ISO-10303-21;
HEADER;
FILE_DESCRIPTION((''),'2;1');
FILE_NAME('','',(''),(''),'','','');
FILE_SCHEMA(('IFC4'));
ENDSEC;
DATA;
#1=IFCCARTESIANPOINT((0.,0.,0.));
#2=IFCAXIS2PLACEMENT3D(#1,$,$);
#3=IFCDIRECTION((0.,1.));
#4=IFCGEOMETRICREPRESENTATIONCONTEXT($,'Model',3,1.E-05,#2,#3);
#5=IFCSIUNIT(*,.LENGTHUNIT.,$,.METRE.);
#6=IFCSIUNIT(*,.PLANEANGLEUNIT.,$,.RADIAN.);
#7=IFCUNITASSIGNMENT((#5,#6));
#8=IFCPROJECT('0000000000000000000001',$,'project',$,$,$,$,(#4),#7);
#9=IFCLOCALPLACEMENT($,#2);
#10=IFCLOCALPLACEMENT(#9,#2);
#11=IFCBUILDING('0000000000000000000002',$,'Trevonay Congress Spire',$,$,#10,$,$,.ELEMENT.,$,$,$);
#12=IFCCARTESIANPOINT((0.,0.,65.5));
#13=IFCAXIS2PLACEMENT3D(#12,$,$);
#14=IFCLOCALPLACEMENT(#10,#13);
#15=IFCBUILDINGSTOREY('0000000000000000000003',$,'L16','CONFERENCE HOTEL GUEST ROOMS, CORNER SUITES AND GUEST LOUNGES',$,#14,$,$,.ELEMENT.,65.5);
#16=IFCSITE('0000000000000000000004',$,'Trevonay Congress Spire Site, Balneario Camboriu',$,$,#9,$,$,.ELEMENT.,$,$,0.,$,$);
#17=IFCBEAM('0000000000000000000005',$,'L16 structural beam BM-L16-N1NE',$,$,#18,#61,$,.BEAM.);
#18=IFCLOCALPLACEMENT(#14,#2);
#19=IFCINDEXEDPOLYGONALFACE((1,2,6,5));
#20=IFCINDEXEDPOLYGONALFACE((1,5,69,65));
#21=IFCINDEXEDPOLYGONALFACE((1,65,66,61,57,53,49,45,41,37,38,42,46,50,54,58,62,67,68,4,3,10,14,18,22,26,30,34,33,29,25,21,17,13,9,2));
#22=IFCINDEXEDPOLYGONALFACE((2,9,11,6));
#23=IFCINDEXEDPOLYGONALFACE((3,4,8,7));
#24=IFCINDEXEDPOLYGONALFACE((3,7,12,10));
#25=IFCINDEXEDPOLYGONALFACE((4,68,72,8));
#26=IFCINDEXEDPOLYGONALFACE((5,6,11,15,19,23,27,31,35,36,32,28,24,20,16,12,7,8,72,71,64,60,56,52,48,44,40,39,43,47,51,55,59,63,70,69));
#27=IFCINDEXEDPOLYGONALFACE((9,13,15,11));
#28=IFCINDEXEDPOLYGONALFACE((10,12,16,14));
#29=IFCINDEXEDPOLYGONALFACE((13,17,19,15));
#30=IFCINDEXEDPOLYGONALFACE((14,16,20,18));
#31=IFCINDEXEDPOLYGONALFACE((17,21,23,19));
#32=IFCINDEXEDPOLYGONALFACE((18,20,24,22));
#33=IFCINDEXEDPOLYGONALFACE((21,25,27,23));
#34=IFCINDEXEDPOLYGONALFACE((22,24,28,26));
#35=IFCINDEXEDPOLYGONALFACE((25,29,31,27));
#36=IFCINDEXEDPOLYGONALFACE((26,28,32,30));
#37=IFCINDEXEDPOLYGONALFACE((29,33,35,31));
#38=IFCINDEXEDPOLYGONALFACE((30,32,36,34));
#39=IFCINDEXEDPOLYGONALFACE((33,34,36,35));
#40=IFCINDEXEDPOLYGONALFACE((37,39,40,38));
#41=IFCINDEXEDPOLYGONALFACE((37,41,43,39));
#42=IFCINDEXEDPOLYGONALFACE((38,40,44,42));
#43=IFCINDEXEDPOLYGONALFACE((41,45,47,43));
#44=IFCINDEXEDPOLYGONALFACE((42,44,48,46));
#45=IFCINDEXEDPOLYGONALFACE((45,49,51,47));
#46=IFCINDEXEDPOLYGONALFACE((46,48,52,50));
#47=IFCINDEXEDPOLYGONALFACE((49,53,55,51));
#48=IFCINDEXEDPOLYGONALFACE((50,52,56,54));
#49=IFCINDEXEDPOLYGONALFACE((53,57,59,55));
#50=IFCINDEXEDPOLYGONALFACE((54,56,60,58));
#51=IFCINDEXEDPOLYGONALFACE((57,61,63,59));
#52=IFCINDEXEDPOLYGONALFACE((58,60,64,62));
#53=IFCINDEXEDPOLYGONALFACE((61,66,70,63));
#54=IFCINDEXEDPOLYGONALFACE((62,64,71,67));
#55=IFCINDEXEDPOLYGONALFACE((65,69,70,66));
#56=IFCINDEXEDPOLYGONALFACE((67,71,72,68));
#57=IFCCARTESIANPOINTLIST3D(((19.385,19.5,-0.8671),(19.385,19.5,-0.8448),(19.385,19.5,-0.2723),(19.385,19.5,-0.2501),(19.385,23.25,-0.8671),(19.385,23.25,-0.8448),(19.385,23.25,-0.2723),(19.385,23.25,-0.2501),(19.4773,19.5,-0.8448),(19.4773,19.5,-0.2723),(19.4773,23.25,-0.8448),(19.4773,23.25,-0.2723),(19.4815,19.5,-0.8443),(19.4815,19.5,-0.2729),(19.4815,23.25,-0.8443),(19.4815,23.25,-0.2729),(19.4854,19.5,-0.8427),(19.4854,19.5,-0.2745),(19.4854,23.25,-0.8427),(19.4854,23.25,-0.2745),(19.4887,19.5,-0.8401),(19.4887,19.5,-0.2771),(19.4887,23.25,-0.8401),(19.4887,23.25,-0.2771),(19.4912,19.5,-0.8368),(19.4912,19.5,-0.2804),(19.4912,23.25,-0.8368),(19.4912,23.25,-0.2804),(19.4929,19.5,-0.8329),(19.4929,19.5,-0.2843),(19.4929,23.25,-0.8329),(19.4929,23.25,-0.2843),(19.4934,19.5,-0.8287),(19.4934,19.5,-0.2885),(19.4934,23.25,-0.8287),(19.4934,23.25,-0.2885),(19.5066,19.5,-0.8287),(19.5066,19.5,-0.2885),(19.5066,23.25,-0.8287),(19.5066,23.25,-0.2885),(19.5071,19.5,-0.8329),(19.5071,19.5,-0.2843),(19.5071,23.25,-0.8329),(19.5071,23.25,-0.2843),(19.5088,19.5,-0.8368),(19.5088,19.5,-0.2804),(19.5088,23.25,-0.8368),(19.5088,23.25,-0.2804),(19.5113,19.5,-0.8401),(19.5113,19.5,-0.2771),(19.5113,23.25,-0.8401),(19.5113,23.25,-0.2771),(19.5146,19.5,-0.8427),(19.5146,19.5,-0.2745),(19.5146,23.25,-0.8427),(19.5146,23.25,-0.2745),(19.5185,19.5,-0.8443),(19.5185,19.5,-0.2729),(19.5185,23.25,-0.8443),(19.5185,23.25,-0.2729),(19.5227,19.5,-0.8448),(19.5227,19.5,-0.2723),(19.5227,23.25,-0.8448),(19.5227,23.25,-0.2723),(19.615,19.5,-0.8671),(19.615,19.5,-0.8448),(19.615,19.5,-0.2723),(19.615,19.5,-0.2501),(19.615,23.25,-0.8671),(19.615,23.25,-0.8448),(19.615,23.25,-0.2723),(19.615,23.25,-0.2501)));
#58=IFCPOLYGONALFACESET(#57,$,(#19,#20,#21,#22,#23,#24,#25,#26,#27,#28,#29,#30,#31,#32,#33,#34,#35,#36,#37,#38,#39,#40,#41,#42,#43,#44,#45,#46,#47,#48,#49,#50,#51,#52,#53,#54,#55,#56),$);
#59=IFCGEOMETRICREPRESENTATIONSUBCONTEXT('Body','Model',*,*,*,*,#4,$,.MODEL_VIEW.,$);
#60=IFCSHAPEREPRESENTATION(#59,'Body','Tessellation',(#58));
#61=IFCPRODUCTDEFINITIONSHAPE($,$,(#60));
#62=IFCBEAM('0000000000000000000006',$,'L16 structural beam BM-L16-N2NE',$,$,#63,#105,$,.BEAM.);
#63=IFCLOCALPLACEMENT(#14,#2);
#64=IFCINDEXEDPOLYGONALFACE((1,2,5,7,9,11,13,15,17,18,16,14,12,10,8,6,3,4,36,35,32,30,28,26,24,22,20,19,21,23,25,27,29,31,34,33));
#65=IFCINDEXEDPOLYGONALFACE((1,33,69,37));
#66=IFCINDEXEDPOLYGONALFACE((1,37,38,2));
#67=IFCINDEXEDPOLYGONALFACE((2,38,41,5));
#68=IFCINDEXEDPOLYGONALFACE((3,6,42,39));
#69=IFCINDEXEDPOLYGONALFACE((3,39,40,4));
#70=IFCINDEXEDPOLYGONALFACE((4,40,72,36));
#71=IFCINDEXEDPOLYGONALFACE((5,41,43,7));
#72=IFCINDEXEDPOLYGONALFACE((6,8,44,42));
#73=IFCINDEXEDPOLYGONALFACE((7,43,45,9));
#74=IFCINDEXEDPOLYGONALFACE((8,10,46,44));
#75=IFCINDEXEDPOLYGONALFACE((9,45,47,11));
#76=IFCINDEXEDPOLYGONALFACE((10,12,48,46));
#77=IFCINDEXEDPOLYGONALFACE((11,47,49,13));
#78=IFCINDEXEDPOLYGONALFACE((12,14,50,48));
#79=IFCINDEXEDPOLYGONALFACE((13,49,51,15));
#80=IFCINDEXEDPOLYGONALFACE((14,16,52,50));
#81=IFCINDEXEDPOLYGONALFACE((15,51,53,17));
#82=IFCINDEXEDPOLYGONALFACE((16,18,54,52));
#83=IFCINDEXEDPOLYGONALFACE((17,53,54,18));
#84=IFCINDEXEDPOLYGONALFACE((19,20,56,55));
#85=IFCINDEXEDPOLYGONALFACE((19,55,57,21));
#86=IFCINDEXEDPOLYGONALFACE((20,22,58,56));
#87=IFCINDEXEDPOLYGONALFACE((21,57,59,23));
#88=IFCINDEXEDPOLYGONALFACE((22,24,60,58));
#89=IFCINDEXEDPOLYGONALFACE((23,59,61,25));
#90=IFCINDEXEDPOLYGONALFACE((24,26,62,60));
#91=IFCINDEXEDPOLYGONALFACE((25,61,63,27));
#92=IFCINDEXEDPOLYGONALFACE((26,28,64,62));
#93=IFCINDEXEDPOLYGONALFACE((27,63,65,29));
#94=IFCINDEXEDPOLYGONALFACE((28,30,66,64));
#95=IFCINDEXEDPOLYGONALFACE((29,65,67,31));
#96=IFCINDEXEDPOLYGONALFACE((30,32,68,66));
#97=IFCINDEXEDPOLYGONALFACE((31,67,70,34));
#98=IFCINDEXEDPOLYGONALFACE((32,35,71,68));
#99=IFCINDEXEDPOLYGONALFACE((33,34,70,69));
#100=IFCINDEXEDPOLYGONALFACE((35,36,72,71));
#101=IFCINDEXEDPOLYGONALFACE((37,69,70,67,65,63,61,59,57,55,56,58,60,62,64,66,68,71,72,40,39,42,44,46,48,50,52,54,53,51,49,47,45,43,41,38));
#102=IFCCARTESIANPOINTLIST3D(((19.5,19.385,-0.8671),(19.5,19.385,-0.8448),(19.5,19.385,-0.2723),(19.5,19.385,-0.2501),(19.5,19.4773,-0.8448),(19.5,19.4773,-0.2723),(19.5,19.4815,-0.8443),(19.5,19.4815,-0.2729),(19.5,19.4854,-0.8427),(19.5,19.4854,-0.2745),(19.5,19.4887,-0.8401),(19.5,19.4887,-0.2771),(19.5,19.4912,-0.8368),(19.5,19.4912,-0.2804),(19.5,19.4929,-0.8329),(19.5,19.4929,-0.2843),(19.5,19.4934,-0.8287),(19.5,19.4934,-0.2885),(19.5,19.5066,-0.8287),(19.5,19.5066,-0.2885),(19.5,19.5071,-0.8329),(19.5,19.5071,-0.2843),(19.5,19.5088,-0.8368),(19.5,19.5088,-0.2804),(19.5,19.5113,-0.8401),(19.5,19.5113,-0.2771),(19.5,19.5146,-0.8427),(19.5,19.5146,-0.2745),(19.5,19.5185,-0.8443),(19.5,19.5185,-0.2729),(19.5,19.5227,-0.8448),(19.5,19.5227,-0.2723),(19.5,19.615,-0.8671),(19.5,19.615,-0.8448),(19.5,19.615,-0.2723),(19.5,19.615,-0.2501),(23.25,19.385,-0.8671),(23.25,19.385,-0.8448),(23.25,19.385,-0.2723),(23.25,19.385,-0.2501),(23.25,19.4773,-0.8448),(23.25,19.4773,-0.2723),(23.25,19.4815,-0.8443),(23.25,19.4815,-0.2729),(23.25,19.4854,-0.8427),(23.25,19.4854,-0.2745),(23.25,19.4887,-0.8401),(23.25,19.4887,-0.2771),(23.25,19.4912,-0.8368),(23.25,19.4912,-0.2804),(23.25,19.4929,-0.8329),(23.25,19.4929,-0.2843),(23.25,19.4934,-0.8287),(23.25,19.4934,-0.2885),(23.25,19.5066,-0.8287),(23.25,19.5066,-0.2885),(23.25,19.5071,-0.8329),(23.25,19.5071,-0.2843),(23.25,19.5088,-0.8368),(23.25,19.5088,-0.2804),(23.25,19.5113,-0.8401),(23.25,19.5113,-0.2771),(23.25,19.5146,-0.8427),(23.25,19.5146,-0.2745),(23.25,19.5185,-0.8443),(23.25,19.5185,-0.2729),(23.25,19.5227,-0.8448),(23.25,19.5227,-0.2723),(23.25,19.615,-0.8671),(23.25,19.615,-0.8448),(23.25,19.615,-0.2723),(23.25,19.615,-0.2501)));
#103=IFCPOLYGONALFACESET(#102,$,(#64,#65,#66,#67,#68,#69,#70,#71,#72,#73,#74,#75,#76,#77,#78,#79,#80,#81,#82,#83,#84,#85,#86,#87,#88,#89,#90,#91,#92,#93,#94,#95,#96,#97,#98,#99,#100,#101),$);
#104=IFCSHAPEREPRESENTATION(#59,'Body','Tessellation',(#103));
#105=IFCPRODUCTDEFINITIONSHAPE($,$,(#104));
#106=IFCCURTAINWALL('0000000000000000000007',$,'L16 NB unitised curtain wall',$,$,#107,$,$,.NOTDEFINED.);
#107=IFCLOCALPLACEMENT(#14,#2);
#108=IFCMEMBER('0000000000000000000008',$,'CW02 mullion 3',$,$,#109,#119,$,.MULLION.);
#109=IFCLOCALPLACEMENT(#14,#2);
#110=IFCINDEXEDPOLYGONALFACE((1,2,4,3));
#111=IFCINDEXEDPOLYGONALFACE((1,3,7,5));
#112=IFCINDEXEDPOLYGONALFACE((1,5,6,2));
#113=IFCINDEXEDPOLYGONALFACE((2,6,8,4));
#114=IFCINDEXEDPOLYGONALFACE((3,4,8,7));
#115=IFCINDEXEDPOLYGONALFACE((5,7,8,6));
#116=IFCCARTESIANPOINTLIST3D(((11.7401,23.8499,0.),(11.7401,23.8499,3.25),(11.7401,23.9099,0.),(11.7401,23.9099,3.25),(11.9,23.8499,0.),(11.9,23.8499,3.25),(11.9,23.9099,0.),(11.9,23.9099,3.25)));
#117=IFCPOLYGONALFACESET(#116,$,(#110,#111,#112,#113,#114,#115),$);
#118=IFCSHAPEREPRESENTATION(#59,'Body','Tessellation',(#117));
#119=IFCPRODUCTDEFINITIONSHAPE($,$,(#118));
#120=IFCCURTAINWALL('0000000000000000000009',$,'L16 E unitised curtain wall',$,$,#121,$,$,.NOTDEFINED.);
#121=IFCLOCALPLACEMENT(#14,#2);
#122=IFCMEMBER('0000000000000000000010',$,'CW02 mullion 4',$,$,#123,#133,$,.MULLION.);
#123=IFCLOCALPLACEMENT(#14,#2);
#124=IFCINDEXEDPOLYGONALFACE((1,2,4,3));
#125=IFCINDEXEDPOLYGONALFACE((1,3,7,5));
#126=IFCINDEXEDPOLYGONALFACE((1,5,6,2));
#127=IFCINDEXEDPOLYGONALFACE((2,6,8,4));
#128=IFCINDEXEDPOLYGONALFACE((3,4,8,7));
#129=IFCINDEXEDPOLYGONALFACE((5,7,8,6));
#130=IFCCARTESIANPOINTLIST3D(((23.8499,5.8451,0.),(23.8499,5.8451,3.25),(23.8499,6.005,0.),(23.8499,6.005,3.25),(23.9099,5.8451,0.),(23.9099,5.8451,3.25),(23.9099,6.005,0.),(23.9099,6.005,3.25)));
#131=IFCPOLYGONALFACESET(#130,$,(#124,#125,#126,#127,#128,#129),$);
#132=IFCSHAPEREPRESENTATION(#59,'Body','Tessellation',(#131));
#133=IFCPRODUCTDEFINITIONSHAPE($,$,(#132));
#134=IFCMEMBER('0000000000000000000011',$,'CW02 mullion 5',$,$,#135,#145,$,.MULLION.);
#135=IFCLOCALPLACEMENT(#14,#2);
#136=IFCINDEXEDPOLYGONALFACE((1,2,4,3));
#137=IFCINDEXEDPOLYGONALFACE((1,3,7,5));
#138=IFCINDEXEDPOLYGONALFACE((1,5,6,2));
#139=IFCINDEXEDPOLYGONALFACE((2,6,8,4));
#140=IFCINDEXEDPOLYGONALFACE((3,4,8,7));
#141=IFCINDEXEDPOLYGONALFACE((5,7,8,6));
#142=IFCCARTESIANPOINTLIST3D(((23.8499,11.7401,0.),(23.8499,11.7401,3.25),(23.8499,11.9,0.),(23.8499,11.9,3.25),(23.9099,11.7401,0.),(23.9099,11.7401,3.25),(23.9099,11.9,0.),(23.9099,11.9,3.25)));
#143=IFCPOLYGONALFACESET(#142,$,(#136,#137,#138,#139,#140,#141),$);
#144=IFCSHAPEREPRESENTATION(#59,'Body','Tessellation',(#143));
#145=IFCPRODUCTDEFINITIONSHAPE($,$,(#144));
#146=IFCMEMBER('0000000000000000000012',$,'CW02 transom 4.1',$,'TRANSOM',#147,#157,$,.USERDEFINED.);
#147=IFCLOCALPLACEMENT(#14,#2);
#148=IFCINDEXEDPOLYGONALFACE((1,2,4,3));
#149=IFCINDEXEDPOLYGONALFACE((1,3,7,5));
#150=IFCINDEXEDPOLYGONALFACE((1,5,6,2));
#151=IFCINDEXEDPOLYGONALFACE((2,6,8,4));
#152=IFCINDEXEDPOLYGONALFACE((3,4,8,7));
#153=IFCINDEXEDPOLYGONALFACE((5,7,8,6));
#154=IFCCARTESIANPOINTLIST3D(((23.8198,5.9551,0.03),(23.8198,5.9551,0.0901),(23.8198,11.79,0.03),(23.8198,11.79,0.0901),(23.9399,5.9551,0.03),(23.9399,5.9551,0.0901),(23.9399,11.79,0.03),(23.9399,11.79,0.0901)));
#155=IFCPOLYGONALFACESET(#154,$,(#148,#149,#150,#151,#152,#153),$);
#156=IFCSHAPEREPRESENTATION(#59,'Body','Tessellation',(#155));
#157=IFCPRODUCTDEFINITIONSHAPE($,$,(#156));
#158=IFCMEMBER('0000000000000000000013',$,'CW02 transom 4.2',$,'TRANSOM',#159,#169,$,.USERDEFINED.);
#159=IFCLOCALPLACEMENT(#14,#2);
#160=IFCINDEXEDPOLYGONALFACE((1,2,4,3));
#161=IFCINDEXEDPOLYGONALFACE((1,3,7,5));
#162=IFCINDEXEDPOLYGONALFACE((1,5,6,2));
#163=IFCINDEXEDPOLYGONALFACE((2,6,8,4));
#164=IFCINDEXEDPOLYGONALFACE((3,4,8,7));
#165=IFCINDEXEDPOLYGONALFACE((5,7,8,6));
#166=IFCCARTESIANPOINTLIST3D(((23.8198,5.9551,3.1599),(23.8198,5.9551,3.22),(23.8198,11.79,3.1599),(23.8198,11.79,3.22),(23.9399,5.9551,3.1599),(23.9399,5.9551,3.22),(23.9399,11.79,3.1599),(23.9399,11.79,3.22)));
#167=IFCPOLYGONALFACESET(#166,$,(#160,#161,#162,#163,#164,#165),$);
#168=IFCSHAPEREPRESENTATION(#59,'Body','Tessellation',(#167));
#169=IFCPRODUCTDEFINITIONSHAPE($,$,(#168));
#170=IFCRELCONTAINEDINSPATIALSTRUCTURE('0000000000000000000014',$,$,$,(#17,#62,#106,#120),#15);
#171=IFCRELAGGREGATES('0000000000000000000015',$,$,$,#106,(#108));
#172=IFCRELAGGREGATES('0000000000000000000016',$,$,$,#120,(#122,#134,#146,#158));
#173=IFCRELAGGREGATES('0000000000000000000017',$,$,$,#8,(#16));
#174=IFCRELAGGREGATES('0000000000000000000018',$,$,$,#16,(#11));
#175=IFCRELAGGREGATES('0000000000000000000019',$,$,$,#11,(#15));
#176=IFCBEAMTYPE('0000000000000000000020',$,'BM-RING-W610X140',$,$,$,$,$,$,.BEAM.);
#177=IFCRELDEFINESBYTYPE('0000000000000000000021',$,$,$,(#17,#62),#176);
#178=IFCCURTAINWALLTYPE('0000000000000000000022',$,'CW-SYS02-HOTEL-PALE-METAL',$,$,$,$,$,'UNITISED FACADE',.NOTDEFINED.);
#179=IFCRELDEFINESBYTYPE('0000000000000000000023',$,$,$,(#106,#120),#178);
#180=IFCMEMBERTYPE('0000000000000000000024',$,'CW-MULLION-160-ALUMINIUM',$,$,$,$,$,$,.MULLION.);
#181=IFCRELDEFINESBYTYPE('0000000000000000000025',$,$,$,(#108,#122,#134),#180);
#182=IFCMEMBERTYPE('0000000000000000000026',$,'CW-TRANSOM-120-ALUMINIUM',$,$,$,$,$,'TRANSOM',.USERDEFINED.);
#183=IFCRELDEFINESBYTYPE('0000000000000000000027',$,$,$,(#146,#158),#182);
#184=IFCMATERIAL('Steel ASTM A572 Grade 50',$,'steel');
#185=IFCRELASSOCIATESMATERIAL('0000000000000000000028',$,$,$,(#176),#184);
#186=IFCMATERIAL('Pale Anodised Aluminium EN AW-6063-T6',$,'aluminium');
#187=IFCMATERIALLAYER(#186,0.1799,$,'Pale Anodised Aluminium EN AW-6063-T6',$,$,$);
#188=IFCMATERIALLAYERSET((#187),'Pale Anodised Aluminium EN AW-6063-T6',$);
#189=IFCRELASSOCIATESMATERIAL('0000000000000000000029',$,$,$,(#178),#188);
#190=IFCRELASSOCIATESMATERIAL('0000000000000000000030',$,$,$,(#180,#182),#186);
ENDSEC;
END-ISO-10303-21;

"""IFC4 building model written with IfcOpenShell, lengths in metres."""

from ifc_helpers import new_model, si_unit, direction, frame, origin, origin_2d, place, context, subcontext, project, spatial, rectangle, i_section, extrude, material, layer, layer_set, material_profile, profile_set, type_object, element, aggregate, save


model = new_model("IFC4")

# Units and contexts
model_context = context("Model", 3, precision=1e-05, world=origin(), true_north=direction((0.0, 1.0)))
body_context = subcontext(model_context, "Body", "Model", "MODEL_VIEW")
ifc_project = project(units=[si_unit("LENGTHUNIT", "METRE"), si_unit("PLANEANGLEUNIT", "RADIAN")], contexts=[model_context])

# Site, building, storey
site_placement = place(None, origin())
site = spatial("IfcSite", under=ifc_project, at=site_placement, Name="Trevonay Congress Spire Site, Balneario Camboriu", CompositionType="ELEMENT", RefElevation=0.0)
building_placement = place(site_placement, origin())
building = spatial("IfcBuilding", under=site, at=building_placement, Name="Trevonay Congress Spire", CompositionType="ELEMENT")
storey_placement = place(building_placement, frame((0.0, 0.0, 65.5)))
storey = spatial("IfcBuildingStorey", under=building, at=storey_placement, Name="L16", Description="CONFERENCE HOTEL GUEST ROOMS, CORNER SUITES AND GUEST LOUNGES", CompositionType="ELEMENT", Elevation=65.5)

# Shared definitions
ifc_material_1 = material(Name="Steel ASTM A572 Grade 50", Category="steel")

# Beams
ifc_material_profile_1 = material_profile(ifc_material_1, i_section(OverallWidth=0.23, OverallDepth=0.6169, WebThickness=0.0132, FlangeThickness=0.0222, FilletRadius=0.0161, at=origin_2d()), Name="W610x140")
ifc_profile_set_1 = profile_set([ifc_material_profile_1], Name="Steel ASTM A572 Grade 50")
beam_type = type_object("IfcBeamType", Name="BM-RING-W610X140", PredefinedType="BEAM", material=ifc_profile_set_1)
for number, where, z_axis, x_axis, name in (
    (1, (19.5, 23.25, -0.5586), (0.0, -1.0, 0.0), (1.0, 0.0, 0.0), "L16 structural beam BM-L16-N1NE"),
    (2, (23.25, 19.5, -0.5586), (-1.0, 0.0, 0.0), (0.0, -1.0, 0.0), "L16 structural beam BM-L16-N2NE"),
):
    element("IfcBeam", number, at=place(storey_placement, frame(where, z_axis=z_axis, x_axis=x_axis)), inside=storey, type_object=beam_type, Name=name, PredefinedType="BEAM", context=body_context, shape_type="SweptSolid", body=[
        extrude(i_section(OverallWidth=0.23, OverallDepth=0.6169, WebThickness=0.0132, FlangeThickness=0.0222, FilletRadius=0.0161, at=origin_2d()), origin(), (0.0, 0.0, 1.0), 3.75),
    ])

# Curtain wall, member
ifc_material_2 = material(Name="Pale Anodised Aluminium EN AW-6063-T6", Category="aluminium")
ifc_layer_1 = layer(ifc_material_2, 0.1799, Name="Pale Anodised Aluminium EN AW-6063-T6")
ifc_layer_set_1 = layer_set([ifc_layer_1], Name="Pale Anodised Aluminium EN AW-6063-T6")
curtain_wall_type = type_object("IfcCurtainWallType", Name="CW-SYS02-HOTEL-PALE-METAL", ElementType="UNITISED FACADE", PredefinedType="NOTDEFINED", material=ifc_layer_set_1)
curtain_wall_1_placement = place(storey_placement, origin())
curtain_wall_1 = element("IfcCurtainWall", 3, at=curtain_wall_1_placement, inside=storey, type_object=curtain_wall_type, Name="L16 NB unitised curtain wall", PredefinedType="NOTDEFINED")
ifc_material_profile_2 = material_profile(ifc_material_2, rectangle(XDim=0.0601, YDim=0.1599, at=origin_2d()), Name="CW-MULLION-160-ALUMINIUM")
ifc_profile_set_2 = profile_set([ifc_material_profile_2], Name="Pale Anodised Aluminium EN AW-6063-T6")
member_type_1 = type_object("IfcMemberType", Name="CW-MULLION-160-ALUMINIUM", PredefinedType="MULLION", material=ifc_profile_set_2)
member_1_placement = place(storey_placement, frame((11.8201, 23.8799, 0.0), z_axis=(0.0, 0.0, 1.0), x_axis=(0.0, 1.0, 0.0)))
member_1 = element("IfcMember", 4, at=member_1_placement, type_object=member_type_1, Name="CW02 mullion 3", PredefinedType="MULLION", context=body_context, shape_type="SweptSolid", body=[
    extrude(rectangle(XDim=0.0601, YDim=0.1599, at=origin_2d()), origin(), (0.0, 0.0, 1.0), 3.25),
])
aggregate(curtain_wall_1, [member_1])

# Curtain wall, members
curtain_wall_2_placement = place(storey_placement, origin())
curtain_wall_2 = element("IfcCurtainWall", 5, at=curtain_wall_2_placement, inside=storey, type_object=curtain_wall_type, Name="L16 E unitised curtain wall", PredefinedType="NOTDEFINED")
member_2_placement = place(storey_placement, frame((23.8799, 5.925, 0.0), z_axis=(0.0, 0.0, 1.0), x_axis=(-1.0, 0.0, 0.0)))
member_2 = element("IfcMember", 6, at=member_2_placement, type_object=member_type_1, Name="CW02 mullion 4", PredefinedType="MULLION", context=body_context, shape_type="SweptSolid", body=[
    extrude(rectangle(XDim=0.0601, YDim=0.1599, at=origin_2d()), origin(), (0.0, 0.0, 1.0), 3.25),
])
member_3_placement = place(storey_placement, frame((23.8799, 11.8201, 0.0), z_axis=(0.0, 0.0, 1.0), x_axis=(-1.0, 0.0, 0.0)))
member_3 = element("IfcMember", 7, at=member_3_placement, type_object=member_type_1, Name="CW02 mullion 5", PredefinedType="MULLION", context=body_context, shape_type="SweptSolid", body=[
    extrude(rectangle(XDim=0.0601, YDim=0.1599, at=origin_2d()), origin(), (0.0, 0.0, 1.0), 3.25),
])
ifc_material_profile_3 = material_profile(ifc_material_2, rectangle(XDim=0.1201, YDim=0.0601, at=origin_2d()), Name="CW-TRANSOM-120-ALUMINIUM")
ifc_profile_set_3 = profile_set([ifc_material_profile_3], Name="Pale Anodised Aluminium EN AW-6063-T6")
member_type_2 = type_object("IfcMemberType", Name="CW-TRANSOM-120-ALUMINIUM", ElementType="TRANSOM", PredefinedType="USERDEFINED", material=ifc_profile_set_3)
member_4_placement = place(storey_placement, frame((23.8799, 5.9551, 0.0601), z_axis=(0.0, 1.0, 0.0), x_axis=(-1.0, 0.0, 0.0)))
member_4 = element("IfcMember", 8, at=member_4_placement, type_object=member_type_2, Name="CW02 transom 4.1", ObjectType="TRANSOM", PredefinedType="USERDEFINED", context=body_context, shape_type="SweptSolid", body=[
    extrude(rectangle(XDim=0.1201, YDim=0.0601, at=origin_2d()), origin(), (0.0, 0.0, 1.0), 5.835),
])
member_5_placement = place(storey_placement, frame((23.8799, 5.9551, 3.1899), z_axis=(0.0, 1.0, 0.0), x_axis=(-1.0, 0.0, 0.0)))
member_5 = element("IfcMember", 9, at=member_5_placement, type_object=member_type_2, Name="CW02 transom 4.2", ObjectType="TRANSOM", PredefinedType="USERDEFINED", context=body_context, shape_type="SweptSolid", body=[
    extrude(rectangle(XDim=0.1201, YDim=0.0601, at=origin_2d()), origin(), (0.0, 0.0, 1.0), 5.835),
])

aggregate(curtain_wall_2, [member_2, member_3, member_4, member_5])

save(model, "model.ifc")
